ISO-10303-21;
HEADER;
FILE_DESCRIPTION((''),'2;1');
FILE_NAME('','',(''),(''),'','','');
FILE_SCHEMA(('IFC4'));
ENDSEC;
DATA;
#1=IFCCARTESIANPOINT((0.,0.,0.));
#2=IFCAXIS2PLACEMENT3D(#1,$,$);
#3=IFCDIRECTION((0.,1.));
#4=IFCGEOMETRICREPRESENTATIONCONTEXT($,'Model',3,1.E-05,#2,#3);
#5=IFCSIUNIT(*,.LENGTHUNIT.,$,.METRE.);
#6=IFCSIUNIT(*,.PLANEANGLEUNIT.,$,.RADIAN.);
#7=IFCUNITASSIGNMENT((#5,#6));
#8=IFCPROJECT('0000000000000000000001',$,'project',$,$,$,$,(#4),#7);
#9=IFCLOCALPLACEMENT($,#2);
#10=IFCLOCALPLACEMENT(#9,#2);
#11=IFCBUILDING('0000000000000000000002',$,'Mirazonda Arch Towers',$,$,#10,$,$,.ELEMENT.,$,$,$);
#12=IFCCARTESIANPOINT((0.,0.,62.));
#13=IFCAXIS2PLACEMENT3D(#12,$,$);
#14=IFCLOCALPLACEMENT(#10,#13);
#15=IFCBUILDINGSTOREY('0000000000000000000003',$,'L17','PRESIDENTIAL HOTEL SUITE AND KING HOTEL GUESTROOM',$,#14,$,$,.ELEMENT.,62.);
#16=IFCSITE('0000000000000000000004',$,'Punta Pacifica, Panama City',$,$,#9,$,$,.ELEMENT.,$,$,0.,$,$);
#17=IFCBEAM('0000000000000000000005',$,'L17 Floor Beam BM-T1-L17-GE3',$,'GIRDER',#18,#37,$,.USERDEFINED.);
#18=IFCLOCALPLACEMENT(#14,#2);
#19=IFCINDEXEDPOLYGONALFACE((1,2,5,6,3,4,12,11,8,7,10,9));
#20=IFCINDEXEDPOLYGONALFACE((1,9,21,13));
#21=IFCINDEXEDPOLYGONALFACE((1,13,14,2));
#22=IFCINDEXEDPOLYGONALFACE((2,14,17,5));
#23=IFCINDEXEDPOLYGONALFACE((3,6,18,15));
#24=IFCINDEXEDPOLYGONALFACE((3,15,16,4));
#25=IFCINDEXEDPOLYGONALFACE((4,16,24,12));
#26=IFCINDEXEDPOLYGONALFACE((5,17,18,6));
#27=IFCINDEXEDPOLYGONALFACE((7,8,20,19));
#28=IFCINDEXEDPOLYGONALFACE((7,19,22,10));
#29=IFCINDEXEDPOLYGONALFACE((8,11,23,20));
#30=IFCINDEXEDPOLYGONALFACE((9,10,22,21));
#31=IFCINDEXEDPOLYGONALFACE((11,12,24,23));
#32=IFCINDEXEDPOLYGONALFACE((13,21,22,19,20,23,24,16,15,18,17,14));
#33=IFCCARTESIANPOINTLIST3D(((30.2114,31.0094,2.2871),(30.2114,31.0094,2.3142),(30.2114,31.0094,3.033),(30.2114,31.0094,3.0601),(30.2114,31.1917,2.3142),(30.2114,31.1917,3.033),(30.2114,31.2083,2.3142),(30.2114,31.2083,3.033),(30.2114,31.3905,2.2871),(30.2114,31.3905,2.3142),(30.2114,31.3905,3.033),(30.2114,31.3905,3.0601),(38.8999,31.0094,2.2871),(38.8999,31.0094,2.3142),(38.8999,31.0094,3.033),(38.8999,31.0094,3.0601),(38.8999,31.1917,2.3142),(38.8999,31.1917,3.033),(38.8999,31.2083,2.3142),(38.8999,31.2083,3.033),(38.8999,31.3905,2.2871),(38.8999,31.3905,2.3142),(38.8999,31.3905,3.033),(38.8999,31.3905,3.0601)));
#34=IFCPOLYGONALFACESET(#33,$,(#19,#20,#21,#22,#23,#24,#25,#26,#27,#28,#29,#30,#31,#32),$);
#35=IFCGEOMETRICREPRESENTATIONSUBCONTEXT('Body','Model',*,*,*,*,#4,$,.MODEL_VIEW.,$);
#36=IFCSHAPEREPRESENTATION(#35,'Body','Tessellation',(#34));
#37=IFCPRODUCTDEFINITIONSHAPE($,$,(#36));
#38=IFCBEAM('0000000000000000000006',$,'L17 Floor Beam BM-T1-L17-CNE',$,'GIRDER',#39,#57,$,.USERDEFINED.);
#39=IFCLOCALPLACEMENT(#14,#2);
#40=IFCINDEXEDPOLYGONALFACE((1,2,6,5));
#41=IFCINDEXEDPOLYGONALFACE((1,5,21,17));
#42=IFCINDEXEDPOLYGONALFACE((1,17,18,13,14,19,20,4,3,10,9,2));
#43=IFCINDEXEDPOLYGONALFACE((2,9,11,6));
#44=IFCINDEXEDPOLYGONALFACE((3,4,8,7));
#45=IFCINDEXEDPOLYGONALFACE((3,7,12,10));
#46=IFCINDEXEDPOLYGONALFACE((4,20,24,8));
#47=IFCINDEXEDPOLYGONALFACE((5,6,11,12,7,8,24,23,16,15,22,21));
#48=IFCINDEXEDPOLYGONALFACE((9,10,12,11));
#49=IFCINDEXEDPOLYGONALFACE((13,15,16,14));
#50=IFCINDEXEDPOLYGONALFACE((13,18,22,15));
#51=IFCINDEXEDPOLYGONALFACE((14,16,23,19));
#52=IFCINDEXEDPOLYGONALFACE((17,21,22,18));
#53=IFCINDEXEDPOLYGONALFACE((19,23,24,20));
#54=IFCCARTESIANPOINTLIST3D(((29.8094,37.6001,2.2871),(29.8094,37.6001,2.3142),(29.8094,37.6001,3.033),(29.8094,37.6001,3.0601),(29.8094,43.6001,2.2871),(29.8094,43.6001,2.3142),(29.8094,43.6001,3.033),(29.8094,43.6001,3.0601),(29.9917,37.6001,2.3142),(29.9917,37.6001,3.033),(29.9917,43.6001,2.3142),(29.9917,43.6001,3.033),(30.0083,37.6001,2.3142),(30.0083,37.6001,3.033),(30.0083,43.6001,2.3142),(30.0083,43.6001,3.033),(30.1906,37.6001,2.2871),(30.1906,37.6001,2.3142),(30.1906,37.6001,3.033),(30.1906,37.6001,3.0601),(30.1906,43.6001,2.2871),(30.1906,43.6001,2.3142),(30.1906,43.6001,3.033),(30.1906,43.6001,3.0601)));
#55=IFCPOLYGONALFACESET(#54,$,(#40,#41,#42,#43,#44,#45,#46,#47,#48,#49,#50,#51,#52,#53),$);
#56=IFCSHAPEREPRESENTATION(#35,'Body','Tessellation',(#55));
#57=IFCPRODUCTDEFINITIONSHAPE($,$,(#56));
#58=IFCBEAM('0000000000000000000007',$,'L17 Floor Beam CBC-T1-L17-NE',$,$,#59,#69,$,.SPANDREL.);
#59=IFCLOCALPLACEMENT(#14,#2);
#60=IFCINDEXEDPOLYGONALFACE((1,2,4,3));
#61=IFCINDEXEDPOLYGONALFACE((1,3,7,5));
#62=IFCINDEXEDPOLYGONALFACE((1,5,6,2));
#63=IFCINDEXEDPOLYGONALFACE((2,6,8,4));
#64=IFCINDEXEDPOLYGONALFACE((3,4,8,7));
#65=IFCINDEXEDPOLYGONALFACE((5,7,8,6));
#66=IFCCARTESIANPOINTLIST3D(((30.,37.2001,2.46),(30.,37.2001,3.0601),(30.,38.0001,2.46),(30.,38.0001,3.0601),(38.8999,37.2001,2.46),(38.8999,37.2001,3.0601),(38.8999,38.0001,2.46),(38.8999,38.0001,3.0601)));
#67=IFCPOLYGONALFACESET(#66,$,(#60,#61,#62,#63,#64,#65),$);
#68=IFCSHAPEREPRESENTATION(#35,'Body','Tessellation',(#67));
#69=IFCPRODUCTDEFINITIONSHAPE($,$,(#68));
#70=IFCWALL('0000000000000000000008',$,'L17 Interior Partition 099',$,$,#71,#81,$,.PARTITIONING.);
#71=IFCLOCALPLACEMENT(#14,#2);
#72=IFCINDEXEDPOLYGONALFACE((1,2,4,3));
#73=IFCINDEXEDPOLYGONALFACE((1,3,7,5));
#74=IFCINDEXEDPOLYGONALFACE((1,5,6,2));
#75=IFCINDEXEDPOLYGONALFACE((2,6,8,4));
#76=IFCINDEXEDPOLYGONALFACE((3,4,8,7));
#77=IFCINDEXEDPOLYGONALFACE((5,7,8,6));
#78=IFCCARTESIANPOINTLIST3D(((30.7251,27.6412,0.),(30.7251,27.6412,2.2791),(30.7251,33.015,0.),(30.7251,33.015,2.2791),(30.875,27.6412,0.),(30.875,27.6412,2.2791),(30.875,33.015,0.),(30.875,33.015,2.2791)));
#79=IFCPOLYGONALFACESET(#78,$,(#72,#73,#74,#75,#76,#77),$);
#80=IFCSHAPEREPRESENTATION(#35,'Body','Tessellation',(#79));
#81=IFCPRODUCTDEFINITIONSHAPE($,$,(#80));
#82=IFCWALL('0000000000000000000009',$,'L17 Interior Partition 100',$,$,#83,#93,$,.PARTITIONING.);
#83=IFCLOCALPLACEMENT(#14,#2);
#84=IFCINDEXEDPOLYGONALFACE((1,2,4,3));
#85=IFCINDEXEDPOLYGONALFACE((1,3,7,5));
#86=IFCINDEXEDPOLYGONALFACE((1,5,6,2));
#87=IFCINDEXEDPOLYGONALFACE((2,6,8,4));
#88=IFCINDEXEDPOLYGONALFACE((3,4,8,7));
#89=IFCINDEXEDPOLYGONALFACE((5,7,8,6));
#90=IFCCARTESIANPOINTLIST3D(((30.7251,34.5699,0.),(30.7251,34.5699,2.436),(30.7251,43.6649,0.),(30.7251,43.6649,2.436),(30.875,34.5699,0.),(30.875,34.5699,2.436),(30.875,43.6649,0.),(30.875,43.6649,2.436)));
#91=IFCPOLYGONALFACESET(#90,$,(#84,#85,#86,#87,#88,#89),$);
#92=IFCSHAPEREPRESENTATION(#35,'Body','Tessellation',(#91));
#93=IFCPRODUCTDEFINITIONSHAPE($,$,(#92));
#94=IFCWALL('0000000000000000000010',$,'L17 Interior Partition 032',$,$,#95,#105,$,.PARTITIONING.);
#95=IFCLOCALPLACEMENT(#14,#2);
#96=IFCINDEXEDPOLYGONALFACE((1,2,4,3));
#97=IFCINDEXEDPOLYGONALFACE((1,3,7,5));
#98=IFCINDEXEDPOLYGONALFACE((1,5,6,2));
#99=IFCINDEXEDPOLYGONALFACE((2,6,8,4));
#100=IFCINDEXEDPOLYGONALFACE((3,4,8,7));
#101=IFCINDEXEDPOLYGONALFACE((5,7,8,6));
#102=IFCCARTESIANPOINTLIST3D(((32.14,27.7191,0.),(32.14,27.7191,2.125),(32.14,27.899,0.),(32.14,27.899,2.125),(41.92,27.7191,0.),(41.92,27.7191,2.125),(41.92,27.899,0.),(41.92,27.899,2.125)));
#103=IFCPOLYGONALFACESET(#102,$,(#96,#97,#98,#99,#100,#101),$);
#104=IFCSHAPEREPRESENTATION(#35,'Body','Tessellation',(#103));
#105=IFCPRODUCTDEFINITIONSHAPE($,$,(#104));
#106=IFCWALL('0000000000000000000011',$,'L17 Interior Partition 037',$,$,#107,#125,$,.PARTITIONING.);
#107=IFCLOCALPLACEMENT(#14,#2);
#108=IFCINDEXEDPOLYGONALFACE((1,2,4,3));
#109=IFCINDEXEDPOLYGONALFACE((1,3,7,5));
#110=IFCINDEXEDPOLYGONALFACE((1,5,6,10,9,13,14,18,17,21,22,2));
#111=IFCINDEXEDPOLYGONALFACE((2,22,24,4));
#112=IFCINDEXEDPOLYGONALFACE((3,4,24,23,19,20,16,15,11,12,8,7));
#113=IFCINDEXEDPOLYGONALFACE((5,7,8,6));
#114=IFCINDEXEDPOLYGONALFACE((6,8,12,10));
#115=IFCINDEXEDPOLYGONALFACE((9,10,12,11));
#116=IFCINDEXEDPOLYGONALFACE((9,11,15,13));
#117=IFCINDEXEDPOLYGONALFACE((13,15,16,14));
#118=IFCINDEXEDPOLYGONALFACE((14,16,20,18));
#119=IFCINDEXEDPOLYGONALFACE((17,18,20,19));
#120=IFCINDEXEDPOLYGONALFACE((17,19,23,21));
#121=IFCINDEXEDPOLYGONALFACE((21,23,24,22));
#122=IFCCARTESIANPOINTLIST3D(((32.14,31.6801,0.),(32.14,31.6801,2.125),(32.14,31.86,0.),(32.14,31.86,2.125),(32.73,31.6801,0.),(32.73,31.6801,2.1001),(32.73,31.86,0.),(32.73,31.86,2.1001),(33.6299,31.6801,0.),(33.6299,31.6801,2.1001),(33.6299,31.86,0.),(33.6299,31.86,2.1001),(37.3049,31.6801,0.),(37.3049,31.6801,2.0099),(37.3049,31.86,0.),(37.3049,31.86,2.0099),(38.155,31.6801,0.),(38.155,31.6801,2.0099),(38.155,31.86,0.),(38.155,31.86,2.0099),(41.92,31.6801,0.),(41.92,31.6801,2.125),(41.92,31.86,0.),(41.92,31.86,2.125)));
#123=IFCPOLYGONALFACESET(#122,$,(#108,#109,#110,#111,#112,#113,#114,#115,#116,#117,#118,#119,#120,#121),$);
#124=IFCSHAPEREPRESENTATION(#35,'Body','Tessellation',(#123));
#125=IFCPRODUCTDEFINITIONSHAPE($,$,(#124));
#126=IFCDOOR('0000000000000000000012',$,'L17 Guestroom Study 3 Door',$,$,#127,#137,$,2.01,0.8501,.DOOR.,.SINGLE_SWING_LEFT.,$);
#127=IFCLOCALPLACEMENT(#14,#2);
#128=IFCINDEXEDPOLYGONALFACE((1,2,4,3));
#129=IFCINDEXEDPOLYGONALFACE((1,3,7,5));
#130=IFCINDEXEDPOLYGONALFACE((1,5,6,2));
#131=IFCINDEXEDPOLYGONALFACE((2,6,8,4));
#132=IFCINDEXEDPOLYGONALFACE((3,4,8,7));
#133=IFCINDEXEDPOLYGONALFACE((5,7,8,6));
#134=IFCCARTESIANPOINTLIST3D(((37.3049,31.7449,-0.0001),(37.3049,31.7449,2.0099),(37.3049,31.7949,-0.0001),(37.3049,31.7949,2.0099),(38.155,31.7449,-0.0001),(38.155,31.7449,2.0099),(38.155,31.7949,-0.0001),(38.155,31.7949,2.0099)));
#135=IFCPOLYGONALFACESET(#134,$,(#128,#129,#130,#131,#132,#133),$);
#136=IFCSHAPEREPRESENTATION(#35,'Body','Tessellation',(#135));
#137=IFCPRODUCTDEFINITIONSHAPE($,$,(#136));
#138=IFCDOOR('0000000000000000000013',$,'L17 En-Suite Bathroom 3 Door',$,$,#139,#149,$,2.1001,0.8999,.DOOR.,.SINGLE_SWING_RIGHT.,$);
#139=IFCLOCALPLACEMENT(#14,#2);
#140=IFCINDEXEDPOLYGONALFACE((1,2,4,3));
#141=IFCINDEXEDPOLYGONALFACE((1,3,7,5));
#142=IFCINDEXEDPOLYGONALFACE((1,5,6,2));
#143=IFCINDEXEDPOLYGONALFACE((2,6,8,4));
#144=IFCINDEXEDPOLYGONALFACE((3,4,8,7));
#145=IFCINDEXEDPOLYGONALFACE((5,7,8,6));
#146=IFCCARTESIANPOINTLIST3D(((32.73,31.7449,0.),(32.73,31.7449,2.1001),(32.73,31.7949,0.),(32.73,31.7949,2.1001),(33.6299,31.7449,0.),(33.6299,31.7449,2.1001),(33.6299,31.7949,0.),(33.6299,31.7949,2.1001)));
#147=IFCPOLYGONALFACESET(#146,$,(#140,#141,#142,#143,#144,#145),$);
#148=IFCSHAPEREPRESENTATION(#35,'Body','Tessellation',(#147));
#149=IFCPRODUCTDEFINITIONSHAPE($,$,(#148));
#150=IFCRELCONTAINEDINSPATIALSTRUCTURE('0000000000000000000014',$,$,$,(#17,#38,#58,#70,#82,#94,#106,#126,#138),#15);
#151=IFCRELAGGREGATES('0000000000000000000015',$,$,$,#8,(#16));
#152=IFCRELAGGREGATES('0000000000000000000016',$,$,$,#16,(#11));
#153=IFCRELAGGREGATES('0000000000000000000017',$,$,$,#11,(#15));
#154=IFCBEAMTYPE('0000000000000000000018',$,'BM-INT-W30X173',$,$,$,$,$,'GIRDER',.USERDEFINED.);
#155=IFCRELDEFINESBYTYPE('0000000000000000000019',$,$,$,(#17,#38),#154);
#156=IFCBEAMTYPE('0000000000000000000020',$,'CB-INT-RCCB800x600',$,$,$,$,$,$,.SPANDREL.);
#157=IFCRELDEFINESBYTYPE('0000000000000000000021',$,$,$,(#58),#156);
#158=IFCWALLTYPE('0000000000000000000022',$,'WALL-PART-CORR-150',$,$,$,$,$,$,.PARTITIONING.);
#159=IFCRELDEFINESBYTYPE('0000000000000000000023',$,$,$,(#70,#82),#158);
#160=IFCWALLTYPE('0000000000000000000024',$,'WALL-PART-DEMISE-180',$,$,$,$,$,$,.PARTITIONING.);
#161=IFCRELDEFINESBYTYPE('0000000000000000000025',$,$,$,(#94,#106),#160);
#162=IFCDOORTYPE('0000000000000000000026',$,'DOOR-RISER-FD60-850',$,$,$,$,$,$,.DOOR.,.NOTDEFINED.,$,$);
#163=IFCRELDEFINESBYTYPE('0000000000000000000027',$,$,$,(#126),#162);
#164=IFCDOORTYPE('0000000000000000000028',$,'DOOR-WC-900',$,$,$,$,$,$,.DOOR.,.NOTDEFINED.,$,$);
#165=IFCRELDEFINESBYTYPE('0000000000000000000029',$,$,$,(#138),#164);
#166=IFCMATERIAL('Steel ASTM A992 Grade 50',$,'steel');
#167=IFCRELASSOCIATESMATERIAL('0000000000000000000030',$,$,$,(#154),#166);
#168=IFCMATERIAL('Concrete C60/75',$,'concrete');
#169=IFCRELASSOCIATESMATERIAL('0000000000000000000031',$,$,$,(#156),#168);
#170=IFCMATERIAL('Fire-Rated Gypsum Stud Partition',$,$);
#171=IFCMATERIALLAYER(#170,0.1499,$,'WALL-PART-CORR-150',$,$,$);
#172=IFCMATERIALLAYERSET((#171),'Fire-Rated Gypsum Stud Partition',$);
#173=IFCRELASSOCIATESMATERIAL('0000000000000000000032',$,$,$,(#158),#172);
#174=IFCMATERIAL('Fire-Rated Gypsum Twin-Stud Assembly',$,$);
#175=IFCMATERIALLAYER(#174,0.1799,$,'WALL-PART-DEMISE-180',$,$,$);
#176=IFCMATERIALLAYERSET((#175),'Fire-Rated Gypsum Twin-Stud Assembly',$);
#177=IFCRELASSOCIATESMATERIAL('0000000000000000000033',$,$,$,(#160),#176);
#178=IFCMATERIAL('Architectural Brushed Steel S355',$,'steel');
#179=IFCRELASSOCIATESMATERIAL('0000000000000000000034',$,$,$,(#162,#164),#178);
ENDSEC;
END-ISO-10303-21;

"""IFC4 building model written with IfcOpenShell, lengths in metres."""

from ifc_helpers import new_model, si_unit, direction, frame, frame_2d, origin, origin_2d, place, context, subcontext, project, spatial, rectangle, i_section, extrude, material, layer, layer_set, material_profile, profile_set, type_object, element, fill, save


model = new_model("IFC4")

# Units and contexts
model_context = context("Model", 3, precision=1e-05, world=origin(), true_north=direction((0.0, 1.0)))
body_context = subcontext(model_context, "Body", "Model", "MODEL_VIEW")
ifc_project = project(units=[si_unit("LENGTHUNIT", "METRE"), si_unit("PLANEANGLEUNIT", "RADIAN")], contexts=[model_context])

# Site, building, storey
site_placement = place(None, origin())
site = spatial("IfcSite", under=ifc_project, at=site_placement, Name="Punta Pacifica, Panama City", CompositionType="ELEMENT", RefElevation=0.0)
building_placement = place(site_placement, origin())
building = spatial("IfcBuilding", under=site, at=building_placement, Name="Mirazonda Arch Towers", CompositionType="ELEMENT")
storey_placement = place(building_placement, frame((0.0, 0.0, 62.0)))
storey = spatial("IfcBuildingStorey", under=building, at=storey_placement, Name="L17", Description="PRESIDENTIAL HOTEL SUITE AND KING HOTEL GUESTROOM", CompositionType="ELEMENT", Elevation=62.0)

# Beams
ifc_material_1 = material(Name="Steel ASTM A992 Grade 50", Category="steel")
ifc_material_profile_1 = material_profile(ifc_material_1, i_section(OverallWidth=0.3811, OverallDepth=0.7729, WebThickness=0.0166, FlangeThickness=0.0271, at=origin_2d()), Name="W30X173")
ifc_profile_set_1 = profile_set([ifc_material_profile_1], Name="Steel ASTM A992 Grade 50")
beam_type_1 = type_object("IfcBeamType", Name="BM-INT-W30X173", ElementType="GIRDER", PredefinedType="USERDEFINED", material=ifc_profile_set_1)
beam_1_placement = place(storey_placement, frame((30.2114, 31.2, 2.6736), z_axis=(1.0, 0.0, 0.0), x_axis=(0.0, 1.0, 0.0)))
element("IfcBeam", 1, at=beam_1_placement, inside=storey, type_object=beam_type_1, Name="L17 Floor Beam BM-T1-L17-GE3", ObjectType="GIRDER", PredefinedType="USERDEFINED", context=body_context, shape_type="SweptSolid", body=[
    extrude(i_section(OverallWidth=0.3811, OverallDepth=0.7729, WebThickness=0.0166, FlangeThickness=0.0271, at=origin_2d()), origin(), (0.0, 0.0, 1.0), 8.6885),
])
beam_2_placement = place(storey_placement, frame((30.0, 37.6001, 2.6736), z_axis=(0.0, 1.0, 0.0), x_axis=(-1.0, 0.0, 0.0)))
element("IfcBeam", 2, at=beam_2_placement, inside=storey, type_object=beam_type_1, Name="L17 Floor Beam BM-T1-L17-CNE", ObjectType="GIRDER", PredefinedType="USERDEFINED", context=body_context, shape_type="SweptSolid", body=[
    extrude(i_section(OverallWidth=0.3811, OverallDepth=0.7729, WebThickness=0.0166, FlangeThickness=0.0271, at=origin_2d()), origin(), (0.0, 0.0, 1.0), 6.0),
])
ifc_material_2 = material(Name="Concrete C60/75", Category="concrete")
ifc_material_profile_2 = material_profile(ifc_material_2, rectangle(XDim=0.8, YDim=0.6001, at=origin_2d()), Name="RCCB800x600")
ifc_profile_set_2 = profile_set([ifc_material_profile_2], Name="Concrete C60/75")
beam_type_2 = type_object("IfcBeamType", Name="CB-INT-RCCB800x600", PredefinedType="SPANDREL", material=ifc_profile_set_2)
beam_3_placement = place(storey_placement, frame((30.0, 37.6001, 2.76), z_axis=(1.0, 0.0, 0.0), x_axis=(0.0, 1.0, 0.0)))
element("IfcBeam", 3, at=beam_3_placement, inside=storey, type_object=beam_type_2, Name="L17 Floor Beam CBC-T1-L17-NE", PredefinedType="SPANDREL", context=body_context, shape_type="SweptSolid", body=[
    extrude(rectangle(XDim=0.8, YDim=0.6001, at=origin_2d()), origin(), (0.0, 0.0, 1.0), 8.8999),
])

# Walls
ifc_material_3 = material(Name="Fire-Rated Gypsum Stud Partition")
ifc_layer_1 = layer(ifc_material_3, 0.1499, Name="WALL-PART-CORR-150")
ifc_layer_set_1 = layer_set([ifc_layer_1], Name="Fire-Rated Gypsum Stud Partition")
wall_type_1 = type_object("IfcWallType", Name="WALL-PART-CORR-150", PredefinedType="PARTITIONING", material=ifc_layer_set_1)
wall_1_placement = place(storey_placement, frame((30.8, 27.6411, 0.0), z_axis=(0.0, 0.0, 1.0), x_axis=(0.0, 1.0, 0.0)))
element("IfcWall", 4, at=wall_1_placement, inside=storey, type_object=wall_type_1, Name="L17 Interior Partition 099", PredefinedType="PARTITIONING", context=body_context, shape_type="SweptSolid", body=[
    extrude(rectangle(XDim=5.3738, YDim=0.1499, at=frame_2d((2.687, 0.0))), origin(), (0.0, 0.0, 1.0), 2.2791),
])
wall_2_placement = place(storey_placement, frame((30.8, 34.5701, 0.0), z_axis=(0.0, 0.0, 1.0), x_axis=(0.0, 1.0, 0.0)))
element("IfcWall", 5, at=wall_2_placement, inside=storey, type_object=wall_type_1, Name="L17 Interior Partition 100", PredefinedType="PARTITIONING", context=body_context, shape_type="SweptSolid", body=[
    extrude(rectangle(XDim=9.095, YDim=0.1499, at=frame_2d((4.5474, 0.0))), origin(), (0.0, 0.0, 1.0), 2.436),
])
ifc_material_4 = material(Name="Fire-Rated Gypsum Twin-Stud Assembly")
ifc_layer_2 = layer(ifc_material_4, 0.1799, Name="WALL-PART-DEMISE-180")
ifc_layer_set_2 = layer_set([ifc_layer_2], Name="Fire-Rated Gypsum Twin-Stud Assembly")
wall_type_2 = type_object("IfcWallType", Name="WALL-PART-DEMISE-180", PredefinedType="PARTITIONING", material=ifc_layer_set_2)
wall_3_placement = place(storey_placement, frame((32.1399, 27.8091, 0.0), z_axis=(0.0, 0.0, 1.0), x_axis=(1.0, 0.0, 0.0)))
element("IfcWall", 6, at=wall_3_placement, inside=storey, type_object=wall_type_2, Name="L17 Interior Partition 032", PredefinedType="PARTITIONING", context=body_context, shape_type="SweptSolid", body=[
    extrude(rectangle(XDim=9.78, YDim=0.1799, at=frame_2d((4.8901, 0.0))), origin(), (0.0, 0.0, 1.0), 2.125),
])

# Wall, openings, doors
wall_4_placement = place(storey_placement, frame((32.1399, 31.77, 0.0), z_axis=(0.0, 0.0, 1.0), x_axis=(1.0, 0.0, 0.0)))
wall_4 = element("IfcWall", 7, at=wall_4_placement, inside=storey, type_object=wall_type_2, Name="L17 Interior Partition 037", PredefinedType="PARTITIONING", context=body_context, shape_type="SweptSolid", body=[
    extrude(rectangle(XDim=9.78, YDim=0.1799, at=frame_2d((4.8901, 0.0))), origin(), (0.0, 0.0, 1.0), 2.125),
])
opening_1_placement = place(wall_4_placement, frame((5.165, 0.0, 0.0)))
opening_1 = element("IfcOpeningElement", 8, at=opening_1_placement, cuts=wall_4, PredefinedType="OPENING", context=body_context, shape_type="SweptSolid", body=[
    extrude(rectangle(XDim=0.8501, YDim=2.01, at=frame_2d((0.425, 1.0049))), frame((0.0, 0.0999, 0.0), z_axis=(0.0, -1.0, 0.0), x_axis=(1.0, 0.0, 0.0)), (0.0, 0.0, 1.0), 0.2),
])
opening_2_placement = place(wall_4_placement, frame((0.5901, 0.0, 0.0)))
opening_2 = element("IfcOpeningElement", 9, at=opening_2_placement, cuts=wall_4, PredefinedType="OPENING", context=body_context, shape_type="SweptSolid", body=[
    extrude(rectangle(XDim=0.8999, YDim=2.1001, at=frame_2d((0.45, 1.05))), frame((0.0, 0.0999, 0.0), z_axis=(0.0, -1.0, 0.0), x_axis=(1.0, 0.0, 0.0)), (0.0, 0.0, 1.0), 0.2),
])
ifc_material_5 = material(Name="Architectural Brushed Steel S355", Category="steel")
door_type_1 = type_object("IfcDoorType", Name="DOOR-RISER-FD60-850", OperationType="NOTDEFINED", PredefinedType="DOOR", material=ifc_material_5)
door_1_placement = place(opening_1_placement, origin())
door_1 = element("IfcDoor", 10, at=door_1_placement, inside=storey, type_object=door_type_1, Name="L17 Guestroom Study 3 Door", OperationType="SINGLE_SWING_LEFT", OverallHeight=2.01, OverallWidth=0.8501, PredefinedType="DOOR", context=body_context, shape_type="SweptSolid", body=[
    extrude(rectangle(XDim=0.8501, YDim=2.01, at=frame_2d((0.425, 1.0049))), frame((0.0, 0.0249, 0.0), z_axis=(0.0, -1.0, 0.0), x_axis=(1.0, 0.0, 0.0)), (0.0, 0.0, 1.0), 0.05),
])
fill(opening_1, door_1)
door_type_2 = type_object("IfcDoorType", Name="DOOR-WC-900", OperationType="NOTDEFINED", PredefinedType="DOOR", material=ifc_material_5)
door_2_placement = place(opening_2_placement, origin())
door_2 = element("IfcDoor", 11, at=door_2_placement, inside=storey, type_object=door_type_2, Name="L17 En-Suite Bathroom 3 Door", OperationType="SINGLE_SWING_RIGHT", OverallHeight=2.1001, OverallWidth=0.8999, PredefinedType="DOOR", context=body_context, shape_type="SweptSolid", body=[
    extrude(rectangle(XDim=0.8999, YDim=2.1001, at=frame_2d((0.45, 1.05))), frame((0.0, 0.0249, 0.0), z_axis=(0.0, -1.0, 0.0), x_axis=(1.0, 0.0, 0.0)), (0.0, 0.0, 1.0), 0.05),
])
fill(opening_2, door_2)

save(model, "model.ifc")
